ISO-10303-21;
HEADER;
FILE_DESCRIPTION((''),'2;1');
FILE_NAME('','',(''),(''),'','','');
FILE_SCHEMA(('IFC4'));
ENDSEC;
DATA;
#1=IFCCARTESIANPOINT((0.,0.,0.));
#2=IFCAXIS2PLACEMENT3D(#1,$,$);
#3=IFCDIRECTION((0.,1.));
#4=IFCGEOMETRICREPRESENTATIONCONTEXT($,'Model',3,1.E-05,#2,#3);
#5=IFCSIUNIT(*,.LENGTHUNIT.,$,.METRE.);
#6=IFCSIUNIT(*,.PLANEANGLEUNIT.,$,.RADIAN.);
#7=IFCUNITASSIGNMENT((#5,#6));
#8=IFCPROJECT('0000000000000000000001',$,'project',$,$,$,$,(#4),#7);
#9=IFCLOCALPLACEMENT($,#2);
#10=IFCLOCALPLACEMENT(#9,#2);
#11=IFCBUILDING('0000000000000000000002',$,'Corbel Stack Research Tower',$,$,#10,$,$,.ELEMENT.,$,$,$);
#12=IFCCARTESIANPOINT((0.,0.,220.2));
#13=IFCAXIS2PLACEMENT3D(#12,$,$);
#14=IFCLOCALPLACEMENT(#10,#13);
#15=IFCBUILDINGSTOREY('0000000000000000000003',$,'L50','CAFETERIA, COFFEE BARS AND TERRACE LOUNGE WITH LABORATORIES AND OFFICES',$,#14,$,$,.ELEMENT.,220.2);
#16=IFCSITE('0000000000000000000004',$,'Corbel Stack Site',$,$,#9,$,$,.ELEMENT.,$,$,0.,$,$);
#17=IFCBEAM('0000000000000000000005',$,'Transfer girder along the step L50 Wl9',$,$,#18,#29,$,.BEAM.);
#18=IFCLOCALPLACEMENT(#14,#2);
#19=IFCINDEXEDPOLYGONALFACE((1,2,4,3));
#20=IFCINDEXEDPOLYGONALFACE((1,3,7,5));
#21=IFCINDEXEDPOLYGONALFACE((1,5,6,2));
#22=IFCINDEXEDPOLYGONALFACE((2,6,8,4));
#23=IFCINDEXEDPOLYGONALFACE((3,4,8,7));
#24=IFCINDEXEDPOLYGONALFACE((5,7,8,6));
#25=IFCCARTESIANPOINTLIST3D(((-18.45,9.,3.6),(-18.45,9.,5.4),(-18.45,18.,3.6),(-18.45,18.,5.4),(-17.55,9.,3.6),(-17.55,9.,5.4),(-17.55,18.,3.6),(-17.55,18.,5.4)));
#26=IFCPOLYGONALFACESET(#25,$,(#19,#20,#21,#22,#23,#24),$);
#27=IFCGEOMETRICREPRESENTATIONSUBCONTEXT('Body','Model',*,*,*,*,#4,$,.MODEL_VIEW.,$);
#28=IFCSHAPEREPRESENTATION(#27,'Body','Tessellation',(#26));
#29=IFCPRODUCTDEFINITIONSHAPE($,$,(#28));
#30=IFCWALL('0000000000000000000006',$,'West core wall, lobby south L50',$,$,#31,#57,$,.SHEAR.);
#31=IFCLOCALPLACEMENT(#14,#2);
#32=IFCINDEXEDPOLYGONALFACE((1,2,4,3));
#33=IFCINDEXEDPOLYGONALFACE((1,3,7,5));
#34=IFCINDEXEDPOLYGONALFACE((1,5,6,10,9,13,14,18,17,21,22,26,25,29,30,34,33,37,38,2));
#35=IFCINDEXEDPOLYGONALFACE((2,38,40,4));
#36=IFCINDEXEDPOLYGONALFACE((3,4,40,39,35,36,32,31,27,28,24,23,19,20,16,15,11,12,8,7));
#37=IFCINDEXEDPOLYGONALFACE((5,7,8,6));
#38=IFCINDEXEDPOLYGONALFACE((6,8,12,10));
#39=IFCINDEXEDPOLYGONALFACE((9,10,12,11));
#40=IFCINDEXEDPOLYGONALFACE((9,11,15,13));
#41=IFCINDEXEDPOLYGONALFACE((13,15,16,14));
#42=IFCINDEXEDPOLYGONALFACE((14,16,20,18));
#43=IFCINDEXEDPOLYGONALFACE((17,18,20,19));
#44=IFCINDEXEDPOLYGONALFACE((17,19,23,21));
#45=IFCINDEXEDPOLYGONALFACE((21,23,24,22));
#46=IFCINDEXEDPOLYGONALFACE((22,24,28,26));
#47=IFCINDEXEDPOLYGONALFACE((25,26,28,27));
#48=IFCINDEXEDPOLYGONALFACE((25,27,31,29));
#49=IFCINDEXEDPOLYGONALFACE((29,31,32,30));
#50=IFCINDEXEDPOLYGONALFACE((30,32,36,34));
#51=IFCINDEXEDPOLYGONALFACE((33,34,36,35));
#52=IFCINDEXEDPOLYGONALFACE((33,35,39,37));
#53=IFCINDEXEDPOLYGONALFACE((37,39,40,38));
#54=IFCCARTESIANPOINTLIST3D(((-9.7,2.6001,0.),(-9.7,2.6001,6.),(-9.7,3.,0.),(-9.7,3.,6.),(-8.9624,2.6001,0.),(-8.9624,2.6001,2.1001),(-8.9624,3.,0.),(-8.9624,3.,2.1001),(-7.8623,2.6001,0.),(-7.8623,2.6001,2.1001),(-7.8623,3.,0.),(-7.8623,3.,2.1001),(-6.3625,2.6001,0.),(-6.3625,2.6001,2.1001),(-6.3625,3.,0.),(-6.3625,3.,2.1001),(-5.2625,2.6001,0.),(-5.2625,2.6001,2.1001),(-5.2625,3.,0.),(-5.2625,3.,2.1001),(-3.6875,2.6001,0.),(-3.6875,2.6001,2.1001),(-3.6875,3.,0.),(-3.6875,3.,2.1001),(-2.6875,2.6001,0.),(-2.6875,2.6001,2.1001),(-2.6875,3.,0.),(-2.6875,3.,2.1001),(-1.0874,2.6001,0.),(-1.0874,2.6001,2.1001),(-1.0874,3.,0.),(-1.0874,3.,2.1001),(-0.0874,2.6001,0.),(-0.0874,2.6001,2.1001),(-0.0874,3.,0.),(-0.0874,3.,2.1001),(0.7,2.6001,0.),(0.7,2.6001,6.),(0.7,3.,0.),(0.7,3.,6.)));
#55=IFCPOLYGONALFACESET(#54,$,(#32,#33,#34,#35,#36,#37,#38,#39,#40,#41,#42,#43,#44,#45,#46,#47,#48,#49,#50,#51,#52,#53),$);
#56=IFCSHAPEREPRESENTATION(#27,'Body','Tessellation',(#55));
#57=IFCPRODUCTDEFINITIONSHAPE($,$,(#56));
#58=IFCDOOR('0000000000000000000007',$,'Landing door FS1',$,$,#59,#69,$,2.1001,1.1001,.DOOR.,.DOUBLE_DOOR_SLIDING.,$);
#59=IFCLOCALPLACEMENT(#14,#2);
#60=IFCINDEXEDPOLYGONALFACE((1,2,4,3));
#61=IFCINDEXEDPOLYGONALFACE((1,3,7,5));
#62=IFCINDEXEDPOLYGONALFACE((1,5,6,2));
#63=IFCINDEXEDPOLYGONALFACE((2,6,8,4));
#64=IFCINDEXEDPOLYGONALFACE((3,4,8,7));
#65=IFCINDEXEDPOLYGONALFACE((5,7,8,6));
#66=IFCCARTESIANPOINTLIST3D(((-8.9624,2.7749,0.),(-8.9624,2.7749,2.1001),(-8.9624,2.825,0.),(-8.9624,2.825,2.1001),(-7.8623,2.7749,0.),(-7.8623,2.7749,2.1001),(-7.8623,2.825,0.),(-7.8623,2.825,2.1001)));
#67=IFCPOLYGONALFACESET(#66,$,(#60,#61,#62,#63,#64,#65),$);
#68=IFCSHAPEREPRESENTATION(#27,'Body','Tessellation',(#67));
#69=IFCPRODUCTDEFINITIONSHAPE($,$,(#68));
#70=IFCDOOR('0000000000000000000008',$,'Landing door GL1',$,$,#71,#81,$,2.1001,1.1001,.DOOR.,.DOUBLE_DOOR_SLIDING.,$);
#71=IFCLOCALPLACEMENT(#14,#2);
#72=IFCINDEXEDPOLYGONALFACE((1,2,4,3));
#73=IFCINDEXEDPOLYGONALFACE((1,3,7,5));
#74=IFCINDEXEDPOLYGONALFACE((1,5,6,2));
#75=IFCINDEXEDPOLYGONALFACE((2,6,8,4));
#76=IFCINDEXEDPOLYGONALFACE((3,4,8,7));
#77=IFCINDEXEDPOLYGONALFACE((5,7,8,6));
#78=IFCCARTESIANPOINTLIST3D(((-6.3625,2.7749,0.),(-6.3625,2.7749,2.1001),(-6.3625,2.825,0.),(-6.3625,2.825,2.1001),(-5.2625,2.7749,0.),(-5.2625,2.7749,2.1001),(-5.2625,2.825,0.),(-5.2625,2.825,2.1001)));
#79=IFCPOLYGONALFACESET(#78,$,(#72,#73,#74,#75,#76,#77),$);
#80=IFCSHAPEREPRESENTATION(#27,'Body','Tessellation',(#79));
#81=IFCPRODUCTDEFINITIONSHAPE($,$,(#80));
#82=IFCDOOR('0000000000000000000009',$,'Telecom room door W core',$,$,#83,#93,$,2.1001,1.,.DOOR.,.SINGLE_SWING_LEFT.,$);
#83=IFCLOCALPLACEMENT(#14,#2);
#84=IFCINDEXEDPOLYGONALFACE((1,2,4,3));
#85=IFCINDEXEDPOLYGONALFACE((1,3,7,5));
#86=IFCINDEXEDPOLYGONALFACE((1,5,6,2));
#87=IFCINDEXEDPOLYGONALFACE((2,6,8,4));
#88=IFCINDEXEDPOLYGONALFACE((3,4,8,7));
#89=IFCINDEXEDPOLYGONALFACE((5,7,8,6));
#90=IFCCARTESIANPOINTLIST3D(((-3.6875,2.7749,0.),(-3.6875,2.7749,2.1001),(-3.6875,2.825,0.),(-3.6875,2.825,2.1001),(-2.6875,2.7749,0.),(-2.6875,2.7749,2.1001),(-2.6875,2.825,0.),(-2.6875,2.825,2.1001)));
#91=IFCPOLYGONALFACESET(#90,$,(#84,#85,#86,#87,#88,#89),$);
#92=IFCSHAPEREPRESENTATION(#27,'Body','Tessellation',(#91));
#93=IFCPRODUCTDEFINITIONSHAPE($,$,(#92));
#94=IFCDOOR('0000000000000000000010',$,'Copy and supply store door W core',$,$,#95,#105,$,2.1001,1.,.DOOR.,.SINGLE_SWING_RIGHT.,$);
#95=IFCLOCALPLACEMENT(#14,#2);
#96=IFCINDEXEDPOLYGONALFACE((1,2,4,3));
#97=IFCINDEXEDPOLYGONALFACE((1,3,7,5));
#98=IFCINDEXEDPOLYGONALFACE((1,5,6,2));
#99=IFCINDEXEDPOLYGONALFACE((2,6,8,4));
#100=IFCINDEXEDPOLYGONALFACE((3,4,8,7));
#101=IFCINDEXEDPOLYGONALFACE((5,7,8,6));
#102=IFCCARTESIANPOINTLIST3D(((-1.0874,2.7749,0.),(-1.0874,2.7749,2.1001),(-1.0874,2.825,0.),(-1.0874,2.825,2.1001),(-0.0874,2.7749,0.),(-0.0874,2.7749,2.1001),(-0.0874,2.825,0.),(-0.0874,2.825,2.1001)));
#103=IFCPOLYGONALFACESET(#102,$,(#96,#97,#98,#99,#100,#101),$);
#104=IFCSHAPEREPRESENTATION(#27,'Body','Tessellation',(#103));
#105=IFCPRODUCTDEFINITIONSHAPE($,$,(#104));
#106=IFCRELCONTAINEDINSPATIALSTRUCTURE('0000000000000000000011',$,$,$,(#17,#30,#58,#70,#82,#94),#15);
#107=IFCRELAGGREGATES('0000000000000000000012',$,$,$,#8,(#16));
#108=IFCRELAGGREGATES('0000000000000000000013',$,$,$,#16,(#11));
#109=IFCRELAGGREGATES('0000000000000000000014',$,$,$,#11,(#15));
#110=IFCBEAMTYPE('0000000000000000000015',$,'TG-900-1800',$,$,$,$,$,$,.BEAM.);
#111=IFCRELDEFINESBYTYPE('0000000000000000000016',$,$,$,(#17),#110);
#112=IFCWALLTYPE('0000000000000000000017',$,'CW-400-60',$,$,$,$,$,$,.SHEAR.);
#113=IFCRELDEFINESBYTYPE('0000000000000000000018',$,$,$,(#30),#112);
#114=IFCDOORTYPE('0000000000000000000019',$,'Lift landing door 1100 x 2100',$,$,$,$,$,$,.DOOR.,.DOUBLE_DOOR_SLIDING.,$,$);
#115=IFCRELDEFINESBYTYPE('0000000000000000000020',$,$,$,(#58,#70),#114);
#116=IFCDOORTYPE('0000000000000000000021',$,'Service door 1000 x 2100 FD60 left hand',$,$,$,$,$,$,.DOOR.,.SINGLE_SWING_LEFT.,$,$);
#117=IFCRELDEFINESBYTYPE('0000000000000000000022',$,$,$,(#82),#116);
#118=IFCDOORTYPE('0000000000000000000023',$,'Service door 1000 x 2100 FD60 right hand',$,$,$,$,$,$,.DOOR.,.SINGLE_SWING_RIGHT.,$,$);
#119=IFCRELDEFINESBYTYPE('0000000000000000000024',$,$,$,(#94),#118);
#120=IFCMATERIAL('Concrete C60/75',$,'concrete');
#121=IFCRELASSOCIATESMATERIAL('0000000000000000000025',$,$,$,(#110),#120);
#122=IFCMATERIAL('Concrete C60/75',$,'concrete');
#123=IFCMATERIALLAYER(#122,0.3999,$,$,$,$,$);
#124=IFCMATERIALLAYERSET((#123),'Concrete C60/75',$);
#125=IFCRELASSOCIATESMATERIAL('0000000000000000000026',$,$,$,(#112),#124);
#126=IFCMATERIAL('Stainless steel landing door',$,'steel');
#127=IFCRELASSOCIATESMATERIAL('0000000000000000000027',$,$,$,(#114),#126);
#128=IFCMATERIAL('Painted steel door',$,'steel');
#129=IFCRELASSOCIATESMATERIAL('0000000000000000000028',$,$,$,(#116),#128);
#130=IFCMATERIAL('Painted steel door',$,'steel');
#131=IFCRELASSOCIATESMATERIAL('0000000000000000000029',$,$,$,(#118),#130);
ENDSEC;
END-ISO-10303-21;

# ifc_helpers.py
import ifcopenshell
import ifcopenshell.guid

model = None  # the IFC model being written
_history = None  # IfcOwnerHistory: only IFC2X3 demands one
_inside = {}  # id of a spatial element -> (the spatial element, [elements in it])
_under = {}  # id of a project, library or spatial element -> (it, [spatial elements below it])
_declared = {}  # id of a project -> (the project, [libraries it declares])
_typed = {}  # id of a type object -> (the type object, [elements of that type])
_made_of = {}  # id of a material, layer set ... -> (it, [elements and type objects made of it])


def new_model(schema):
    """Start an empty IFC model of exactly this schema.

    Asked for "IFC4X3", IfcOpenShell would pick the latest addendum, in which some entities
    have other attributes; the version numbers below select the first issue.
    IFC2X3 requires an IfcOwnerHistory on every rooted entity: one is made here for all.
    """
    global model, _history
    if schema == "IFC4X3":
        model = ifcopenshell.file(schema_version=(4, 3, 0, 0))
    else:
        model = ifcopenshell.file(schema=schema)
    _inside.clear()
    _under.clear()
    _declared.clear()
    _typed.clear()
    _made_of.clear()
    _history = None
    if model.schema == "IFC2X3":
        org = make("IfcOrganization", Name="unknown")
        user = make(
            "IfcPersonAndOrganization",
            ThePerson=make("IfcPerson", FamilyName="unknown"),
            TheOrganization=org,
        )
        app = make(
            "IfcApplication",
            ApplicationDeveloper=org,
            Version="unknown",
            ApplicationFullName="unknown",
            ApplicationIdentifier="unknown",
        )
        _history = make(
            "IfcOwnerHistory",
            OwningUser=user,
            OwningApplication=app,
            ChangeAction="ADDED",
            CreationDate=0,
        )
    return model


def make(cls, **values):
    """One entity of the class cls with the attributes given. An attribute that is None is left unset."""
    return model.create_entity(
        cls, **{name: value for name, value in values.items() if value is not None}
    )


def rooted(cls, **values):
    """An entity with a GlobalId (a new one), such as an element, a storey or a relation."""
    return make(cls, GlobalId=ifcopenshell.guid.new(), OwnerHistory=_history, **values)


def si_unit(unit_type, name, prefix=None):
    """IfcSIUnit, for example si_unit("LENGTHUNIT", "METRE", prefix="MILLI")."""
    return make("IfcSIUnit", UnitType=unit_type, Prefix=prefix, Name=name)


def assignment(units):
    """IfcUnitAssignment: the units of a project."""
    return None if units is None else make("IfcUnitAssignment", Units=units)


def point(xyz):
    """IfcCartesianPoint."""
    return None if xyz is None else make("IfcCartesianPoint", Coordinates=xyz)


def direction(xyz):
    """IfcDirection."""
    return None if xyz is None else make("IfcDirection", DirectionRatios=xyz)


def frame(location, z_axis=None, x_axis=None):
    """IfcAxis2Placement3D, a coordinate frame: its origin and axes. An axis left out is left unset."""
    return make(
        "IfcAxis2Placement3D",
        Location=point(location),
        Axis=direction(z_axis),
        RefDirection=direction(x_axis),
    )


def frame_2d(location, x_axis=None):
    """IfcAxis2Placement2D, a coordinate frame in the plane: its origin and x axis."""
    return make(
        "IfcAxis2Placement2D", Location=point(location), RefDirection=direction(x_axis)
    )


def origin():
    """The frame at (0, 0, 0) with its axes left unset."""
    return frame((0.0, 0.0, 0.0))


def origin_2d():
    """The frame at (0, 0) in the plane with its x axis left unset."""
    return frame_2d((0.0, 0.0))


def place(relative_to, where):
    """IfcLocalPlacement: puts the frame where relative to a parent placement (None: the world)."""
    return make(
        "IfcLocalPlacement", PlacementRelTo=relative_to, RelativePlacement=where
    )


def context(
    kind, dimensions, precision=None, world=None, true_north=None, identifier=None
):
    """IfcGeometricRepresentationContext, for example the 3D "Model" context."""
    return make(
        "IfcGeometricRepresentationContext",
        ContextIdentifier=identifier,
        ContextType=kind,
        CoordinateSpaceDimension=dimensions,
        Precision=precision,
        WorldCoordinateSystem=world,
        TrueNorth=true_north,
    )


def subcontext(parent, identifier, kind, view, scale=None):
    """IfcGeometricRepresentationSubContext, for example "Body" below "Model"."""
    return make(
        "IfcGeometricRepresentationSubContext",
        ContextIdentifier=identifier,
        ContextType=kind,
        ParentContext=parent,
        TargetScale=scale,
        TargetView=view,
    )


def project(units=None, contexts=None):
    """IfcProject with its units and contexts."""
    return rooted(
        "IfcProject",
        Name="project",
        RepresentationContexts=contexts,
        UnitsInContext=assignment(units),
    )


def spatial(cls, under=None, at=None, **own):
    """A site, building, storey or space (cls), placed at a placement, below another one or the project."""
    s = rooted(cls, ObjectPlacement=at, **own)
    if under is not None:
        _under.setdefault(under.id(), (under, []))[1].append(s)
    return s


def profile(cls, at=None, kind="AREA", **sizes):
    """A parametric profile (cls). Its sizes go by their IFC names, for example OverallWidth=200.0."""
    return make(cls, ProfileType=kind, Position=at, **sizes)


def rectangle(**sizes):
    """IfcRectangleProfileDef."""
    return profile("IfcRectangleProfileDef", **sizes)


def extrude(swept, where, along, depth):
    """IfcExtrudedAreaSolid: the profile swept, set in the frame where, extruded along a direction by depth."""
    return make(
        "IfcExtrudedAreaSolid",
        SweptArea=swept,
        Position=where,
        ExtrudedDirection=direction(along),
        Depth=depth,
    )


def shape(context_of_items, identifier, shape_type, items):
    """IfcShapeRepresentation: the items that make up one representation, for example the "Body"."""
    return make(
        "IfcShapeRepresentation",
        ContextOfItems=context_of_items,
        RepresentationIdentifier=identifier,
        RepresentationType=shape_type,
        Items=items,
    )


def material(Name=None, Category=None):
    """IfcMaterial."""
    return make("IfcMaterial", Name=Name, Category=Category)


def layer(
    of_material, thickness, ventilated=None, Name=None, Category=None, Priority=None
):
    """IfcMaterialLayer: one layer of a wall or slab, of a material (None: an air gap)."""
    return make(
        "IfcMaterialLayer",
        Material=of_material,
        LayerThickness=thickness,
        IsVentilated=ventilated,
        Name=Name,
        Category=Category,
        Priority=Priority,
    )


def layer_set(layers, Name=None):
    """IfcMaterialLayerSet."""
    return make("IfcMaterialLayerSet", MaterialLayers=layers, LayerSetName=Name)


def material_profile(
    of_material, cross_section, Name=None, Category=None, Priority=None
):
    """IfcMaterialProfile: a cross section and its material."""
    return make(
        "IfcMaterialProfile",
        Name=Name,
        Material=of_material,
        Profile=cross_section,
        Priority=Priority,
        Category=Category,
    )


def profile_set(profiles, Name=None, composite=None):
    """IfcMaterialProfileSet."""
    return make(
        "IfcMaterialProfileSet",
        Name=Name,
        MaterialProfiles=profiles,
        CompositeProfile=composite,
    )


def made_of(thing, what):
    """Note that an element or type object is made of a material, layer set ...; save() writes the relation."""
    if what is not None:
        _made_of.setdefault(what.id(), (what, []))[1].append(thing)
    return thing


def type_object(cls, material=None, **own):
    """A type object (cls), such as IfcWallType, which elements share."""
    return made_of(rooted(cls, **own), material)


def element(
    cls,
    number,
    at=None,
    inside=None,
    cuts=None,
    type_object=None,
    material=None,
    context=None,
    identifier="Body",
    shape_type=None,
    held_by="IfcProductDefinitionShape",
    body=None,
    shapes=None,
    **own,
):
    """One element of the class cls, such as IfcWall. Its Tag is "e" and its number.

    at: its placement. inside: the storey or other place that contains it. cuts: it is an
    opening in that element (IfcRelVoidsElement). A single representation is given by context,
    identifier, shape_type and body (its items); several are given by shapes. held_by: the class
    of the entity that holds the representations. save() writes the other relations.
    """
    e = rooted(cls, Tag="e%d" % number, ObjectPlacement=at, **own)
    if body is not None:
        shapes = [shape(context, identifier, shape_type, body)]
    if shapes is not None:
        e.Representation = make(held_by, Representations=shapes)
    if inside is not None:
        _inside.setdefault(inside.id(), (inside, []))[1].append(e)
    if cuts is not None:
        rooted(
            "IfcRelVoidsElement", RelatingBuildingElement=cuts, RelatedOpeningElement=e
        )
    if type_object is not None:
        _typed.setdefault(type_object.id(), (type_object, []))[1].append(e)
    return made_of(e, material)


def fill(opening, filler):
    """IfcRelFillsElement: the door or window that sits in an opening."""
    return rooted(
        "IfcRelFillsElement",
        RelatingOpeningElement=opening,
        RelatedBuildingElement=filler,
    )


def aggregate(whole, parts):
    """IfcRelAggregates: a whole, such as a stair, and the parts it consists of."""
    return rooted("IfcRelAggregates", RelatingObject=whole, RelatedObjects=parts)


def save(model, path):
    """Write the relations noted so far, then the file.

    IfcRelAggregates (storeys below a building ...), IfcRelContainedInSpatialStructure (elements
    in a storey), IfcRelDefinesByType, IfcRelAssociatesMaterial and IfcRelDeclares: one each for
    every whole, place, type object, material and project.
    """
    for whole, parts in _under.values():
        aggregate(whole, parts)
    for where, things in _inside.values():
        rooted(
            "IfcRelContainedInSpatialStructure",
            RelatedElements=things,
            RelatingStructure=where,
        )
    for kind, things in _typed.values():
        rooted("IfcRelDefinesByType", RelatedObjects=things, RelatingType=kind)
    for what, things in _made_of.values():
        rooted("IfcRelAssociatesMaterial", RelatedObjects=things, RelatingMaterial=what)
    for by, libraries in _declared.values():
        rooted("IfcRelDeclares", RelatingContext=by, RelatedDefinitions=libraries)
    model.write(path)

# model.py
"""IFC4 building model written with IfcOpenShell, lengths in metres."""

from ifc_helpers import new_model, si_unit, direction, frame, frame_2d, origin, origin_2d, place, context, subcontext, project, spatial, rectangle, extrude, material, layer, layer_set, material_profile, profile_set, type_object, element, fill, save


model = new_model("IFC4")

# Units and contexts
model_context = context("Model", 3, precision=1e-05, world=origin(), true_north=direction((0.0, 1.0)))
body_context = subcontext(model_context, "Body", "Model", "MODEL_VIEW")
ifc_project = project(units=[si_unit("LENGTHUNIT", "METRE"), si_unit("PLANEANGLEUNIT", "RADIAN")], contexts=[model_context])

# Site, building, storey
site_placement = place(None, origin())
site = spatial("IfcSite", under=ifc_project, at=site_placement, Name="Corbel Stack Site", CompositionType="ELEMENT", RefElevation=0.0)
building_placement = place(site_placement, origin())
building = spatial("IfcBuilding", under=site, at=building_placement, Name="Corbel Stack Research Tower", CompositionType="ELEMENT")
storey_placement = place(building_placement, frame((0.0, 0.0, 220.2)))
storey = spatial("IfcBuildingStorey", under=building, at=storey_placement, Name="L50", Description="CAFETERIA, COFFEE BARS AND TERRACE LOUNGE WITH LABORATORIES AND OFFICES", CompositionType="ELEMENT", Elevation=220.2)

# Beam
ifc_material_1 = material(Name="Concrete C60/75", Category="concrete")
ifc_material_profile = material_profile(ifc_material_1, rectangle(XDim=0.8999, YDim=1.8, at=origin_2d()), Name="RC 900 x 1800")
ifc_profile_set = profile_set([ifc_material_profile], Name="Concrete C60/75")
beam_type = type_object("IfcBeamType", Name="TG-900-1800", PredefinedType="BEAM", material=ifc_profile_set)
beam_placement = place(storey_placement, frame((-18.0, 9.0, 4.5), z_axis=(0.0, 1.0, 0.0), x_axis=(-1.0, 0.0, 0.0)))
element("IfcBeam", 1, at=beam_placement, inside=storey, type_object=beam_type, Name="Transfer girder along the step L50 Wl9", PredefinedType="BEAM", context=body_context, shape_type="SweptSolid", body=[
    extrude(rectangle(XDim=0.8999, YDim=1.8, at=origin_2d()), origin(), (0.0, 0.0, 1.0), 9.0),
])

# Wall, openings, doors
ifc_material_2 = material(Name="Concrete C60/75", Category="concrete")
ifc_layer_1 = layer(ifc_material_2, 0.3999)
ifc_layer_set_1 = layer_set([ifc_layer_1], Name="Concrete C60/75")
wall_type_1 = type_object("IfcWallType", Name="CW-400-60", PredefinedType="SHEAR", material=ifc_layer_set_1)
wall_1_placement = place(storey_placement, frame((-9.7, 2.8, 0.0), z_axis=(0.0, 0.0, 1.0), x_axis=(1.0, 0.0, 0.0)))
wall_1 = element("IfcWall", 2, at=wall_1_placement, inside=storey, type_object=wall_type_1, Name="West core wall, lobby south L50", PredefinedType="SHEAR", context=body_context, shape_type="SweptSolid", body=[
    extrude(rectangle(XDim=10.3999, YDim=0.3999, at=frame_2d((5.2, 0.0))), origin(), (0.0, 0.0, 1.0), 6.0),
])
opening_1_placement = place(wall_1_placement, frame((0.7375, 0.0, 0.0)))
opening_1 = element("IfcOpeningElement", 3, at=opening_1_placement, cuts=wall_1, PredefinedType="OPENING", context=body_context, shape_type="SweptSolid", body=[
    extrude(rectangle(XDim=1.1001, YDim=2.1001, at=frame_2d((0.55, 1.05))), frame((0.0, 0.21, 0.0), z_axis=(0.0, -1.0, 0.0), x_axis=(1.0, 0.0, 0.0)), (0.0, 0.0, 1.0), 0.4199),
])
opening_2_placement = place(wall_1_placement, frame((3.3374, 0.0, 0.0)))
opening_2 = element("IfcOpeningElement", 4, at=opening_2_placement, cuts=wall_1, PredefinedType="OPENING", context=body_context, shape_type="SweptSolid", body=[
    extrude(rectangle(XDim=1.1001, YDim=2.1001, at=frame_2d((0.55, 1.05))), frame((0.0, 0.21, 0.0), z_axis=(0.0, -1.0, 0.0), x_axis=(1.0, 0.0, 0.0)), (0.0, 0.0, 1.0), 0.4199),
])
opening_3_placement = place(wall_1_placement, frame((6.0125, 0.0, 0.0)))
opening_3 = element("IfcOpeningElement", 5, at=opening_3_placement, cuts=wall_1, PredefinedType="OPENING", context=body_context, shape_type="SweptSolid", body=[
    extrude(rectangle(XDim=1.0, YDim=2.1001, at=frame_2d((0.5, 1.05))), frame((0.0, 0.21, 0.0), z_axis=(0.0, -1.0, 0.0), x_axis=(1.0, 0.0, 0.0)), (0.0, 0.0, 1.0), 0.4199),
])
opening_4_placement = place(wall_1_placement, frame((8.6125, 0.0, 0.0)))
opening_4 = element("IfcOpeningElement", 6, at=opening_4_placement, cuts=wall_1, PredefinedType="OPENING", context=body_context, shape_type="SweptSolid", body=[
    extrude(rectangle(XDim=1.0, YDim=2.1001, at=frame_2d((0.5, 1.05))), frame((0.0, 0.21, 0.0), z_axis=(0.0, -1.0, 0.0), x_axis=(1.0, 0.0, 0.0)), (0.0, 0.0, 1.0), 0.4199),
])
ifc_material_3 = material(Name="Stainless steel landing door", Category="steel")
door_type_1 = type_object("IfcDoorType", Name="Lift landing door 1100 x 2100", OperationType="DOUBLE_DOOR_SLIDING", PredefinedType="DOOR", material=ifc_material_3)
door_1_placement = place(opening_1_placement, origin())
door_1 = element("IfcDoor", 7, at=door_1_placement, inside=storey, type_object=door_type_1, Name="Landing door FS1", OperationType="DOUBLE_DOOR_SLIDING", OverallHeight=2.1001, OverallWidth=1.1001, PredefinedType="DOOR", context=body_context, shape_type="SweptSolid", body=[
    extrude(rectangle(XDim=1.1001, YDim=2.1001, at=frame_2d((0.55, 1.05))), frame((0.0, 0.0249, 0.0), z_axis=(0.0, -1.0, 0.0), x_axis=(1.0, 0.0, 0.0)), (0.0, 0.0, 1.0), 0.05),
])
fill(opening_1, door_1)
door_2_placement = place(opening_2_placement, origin())
door_2 = element("IfcDoor", 8, at=door_2_placement, inside=storey, type_object=door_type_1, Name="Landing door GL1", OperationType="DOUBLE_DOOR_SLIDING", OverallHeight=2.1001, OverallWidth=1.1001, PredefinedType="DOOR", context=body_context, shape_type="SweptSolid", body=[
    extrude(rectangle(XDim=1.1001, YDim=2.1001, at=frame_2d((0.55, 1.05))), frame((0.0, 0.0249, 0.0), z_axis=(0.0, -1.0, 0.0), x_axis=(1.0, 0.0, 0.0)), (0.0, 0.0, 1.0), 0.05),
])
fill(opening_2, door_2)
ifc_material_4 = material(Name="Painted steel door", Category="steel")
door_type_2 = type_object("IfcDoorType", Name="Service door 1000 x 2100 FD60 left hand", OperationType="SINGLE_SWING_LEFT", PredefinedType="DOOR", material=ifc_material_4)
door_3_placement = place(opening_3_placement, origin())
door_3 = element("IfcDoor", 9, at=door_3_placement, inside=storey, type_object=door_type_2, Name="Telecom room door W core", OperationType="SINGLE_SWING_LEFT", OverallHeight=2.1001, OverallWidth=1.0, PredefinedType="DOOR", context=body_context, shape_type="SweptSolid", body=[
    extrude(rectangle(XDim=1.0, YDim=2.1001, at=frame_2d((0.5, 1.05))), frame((0.0, 0.0249, 0.0), z_axis=(0.0, -1.0, 0.0), x_axis=(1.0, 0.0, 0.0)), (0.0, 0.0, 1.0), 0.05),
])
fill(opening_3, door_3)
ifc_material_5 = material(Name="Painted steel door", Category="steel")
door_type_3 = type_object("IfcDoorType", Name="Service door 1000 x 2100 FD60 right hand", OperationType="SINGLE_SWING_RIGHT", PredefinedType="DOOR", material=ifc_material_5)
door_4_placement = place(opening_4_placement, origin())
door_4 = element("IfcDoor", 10, at=door_4_placement, inside=storey, type_object=door_type_3, Name="Copy and supply store door W core", OperationType="SINGLE_SWING_RIGHT", OverallHeight=2.1001, OverallWidth=1.0, PredefinedType="DOOR", context=body_context, shape_type="SweptSolid", body=[
    extrude(rectangle(XDim=1.0, YDim=2.1001, at=frame_2d((0.5, 1.05))), frame((0.0, 0.0249, 0.0), z_axis=(0.0, -1.0, 0.0), x_axis=(1.0, 0.0, 0.0)), (0.0, 0.0, 1.0), 0.05),
])
fill(opening_4, door_4)

save(model, "model.ifc")
